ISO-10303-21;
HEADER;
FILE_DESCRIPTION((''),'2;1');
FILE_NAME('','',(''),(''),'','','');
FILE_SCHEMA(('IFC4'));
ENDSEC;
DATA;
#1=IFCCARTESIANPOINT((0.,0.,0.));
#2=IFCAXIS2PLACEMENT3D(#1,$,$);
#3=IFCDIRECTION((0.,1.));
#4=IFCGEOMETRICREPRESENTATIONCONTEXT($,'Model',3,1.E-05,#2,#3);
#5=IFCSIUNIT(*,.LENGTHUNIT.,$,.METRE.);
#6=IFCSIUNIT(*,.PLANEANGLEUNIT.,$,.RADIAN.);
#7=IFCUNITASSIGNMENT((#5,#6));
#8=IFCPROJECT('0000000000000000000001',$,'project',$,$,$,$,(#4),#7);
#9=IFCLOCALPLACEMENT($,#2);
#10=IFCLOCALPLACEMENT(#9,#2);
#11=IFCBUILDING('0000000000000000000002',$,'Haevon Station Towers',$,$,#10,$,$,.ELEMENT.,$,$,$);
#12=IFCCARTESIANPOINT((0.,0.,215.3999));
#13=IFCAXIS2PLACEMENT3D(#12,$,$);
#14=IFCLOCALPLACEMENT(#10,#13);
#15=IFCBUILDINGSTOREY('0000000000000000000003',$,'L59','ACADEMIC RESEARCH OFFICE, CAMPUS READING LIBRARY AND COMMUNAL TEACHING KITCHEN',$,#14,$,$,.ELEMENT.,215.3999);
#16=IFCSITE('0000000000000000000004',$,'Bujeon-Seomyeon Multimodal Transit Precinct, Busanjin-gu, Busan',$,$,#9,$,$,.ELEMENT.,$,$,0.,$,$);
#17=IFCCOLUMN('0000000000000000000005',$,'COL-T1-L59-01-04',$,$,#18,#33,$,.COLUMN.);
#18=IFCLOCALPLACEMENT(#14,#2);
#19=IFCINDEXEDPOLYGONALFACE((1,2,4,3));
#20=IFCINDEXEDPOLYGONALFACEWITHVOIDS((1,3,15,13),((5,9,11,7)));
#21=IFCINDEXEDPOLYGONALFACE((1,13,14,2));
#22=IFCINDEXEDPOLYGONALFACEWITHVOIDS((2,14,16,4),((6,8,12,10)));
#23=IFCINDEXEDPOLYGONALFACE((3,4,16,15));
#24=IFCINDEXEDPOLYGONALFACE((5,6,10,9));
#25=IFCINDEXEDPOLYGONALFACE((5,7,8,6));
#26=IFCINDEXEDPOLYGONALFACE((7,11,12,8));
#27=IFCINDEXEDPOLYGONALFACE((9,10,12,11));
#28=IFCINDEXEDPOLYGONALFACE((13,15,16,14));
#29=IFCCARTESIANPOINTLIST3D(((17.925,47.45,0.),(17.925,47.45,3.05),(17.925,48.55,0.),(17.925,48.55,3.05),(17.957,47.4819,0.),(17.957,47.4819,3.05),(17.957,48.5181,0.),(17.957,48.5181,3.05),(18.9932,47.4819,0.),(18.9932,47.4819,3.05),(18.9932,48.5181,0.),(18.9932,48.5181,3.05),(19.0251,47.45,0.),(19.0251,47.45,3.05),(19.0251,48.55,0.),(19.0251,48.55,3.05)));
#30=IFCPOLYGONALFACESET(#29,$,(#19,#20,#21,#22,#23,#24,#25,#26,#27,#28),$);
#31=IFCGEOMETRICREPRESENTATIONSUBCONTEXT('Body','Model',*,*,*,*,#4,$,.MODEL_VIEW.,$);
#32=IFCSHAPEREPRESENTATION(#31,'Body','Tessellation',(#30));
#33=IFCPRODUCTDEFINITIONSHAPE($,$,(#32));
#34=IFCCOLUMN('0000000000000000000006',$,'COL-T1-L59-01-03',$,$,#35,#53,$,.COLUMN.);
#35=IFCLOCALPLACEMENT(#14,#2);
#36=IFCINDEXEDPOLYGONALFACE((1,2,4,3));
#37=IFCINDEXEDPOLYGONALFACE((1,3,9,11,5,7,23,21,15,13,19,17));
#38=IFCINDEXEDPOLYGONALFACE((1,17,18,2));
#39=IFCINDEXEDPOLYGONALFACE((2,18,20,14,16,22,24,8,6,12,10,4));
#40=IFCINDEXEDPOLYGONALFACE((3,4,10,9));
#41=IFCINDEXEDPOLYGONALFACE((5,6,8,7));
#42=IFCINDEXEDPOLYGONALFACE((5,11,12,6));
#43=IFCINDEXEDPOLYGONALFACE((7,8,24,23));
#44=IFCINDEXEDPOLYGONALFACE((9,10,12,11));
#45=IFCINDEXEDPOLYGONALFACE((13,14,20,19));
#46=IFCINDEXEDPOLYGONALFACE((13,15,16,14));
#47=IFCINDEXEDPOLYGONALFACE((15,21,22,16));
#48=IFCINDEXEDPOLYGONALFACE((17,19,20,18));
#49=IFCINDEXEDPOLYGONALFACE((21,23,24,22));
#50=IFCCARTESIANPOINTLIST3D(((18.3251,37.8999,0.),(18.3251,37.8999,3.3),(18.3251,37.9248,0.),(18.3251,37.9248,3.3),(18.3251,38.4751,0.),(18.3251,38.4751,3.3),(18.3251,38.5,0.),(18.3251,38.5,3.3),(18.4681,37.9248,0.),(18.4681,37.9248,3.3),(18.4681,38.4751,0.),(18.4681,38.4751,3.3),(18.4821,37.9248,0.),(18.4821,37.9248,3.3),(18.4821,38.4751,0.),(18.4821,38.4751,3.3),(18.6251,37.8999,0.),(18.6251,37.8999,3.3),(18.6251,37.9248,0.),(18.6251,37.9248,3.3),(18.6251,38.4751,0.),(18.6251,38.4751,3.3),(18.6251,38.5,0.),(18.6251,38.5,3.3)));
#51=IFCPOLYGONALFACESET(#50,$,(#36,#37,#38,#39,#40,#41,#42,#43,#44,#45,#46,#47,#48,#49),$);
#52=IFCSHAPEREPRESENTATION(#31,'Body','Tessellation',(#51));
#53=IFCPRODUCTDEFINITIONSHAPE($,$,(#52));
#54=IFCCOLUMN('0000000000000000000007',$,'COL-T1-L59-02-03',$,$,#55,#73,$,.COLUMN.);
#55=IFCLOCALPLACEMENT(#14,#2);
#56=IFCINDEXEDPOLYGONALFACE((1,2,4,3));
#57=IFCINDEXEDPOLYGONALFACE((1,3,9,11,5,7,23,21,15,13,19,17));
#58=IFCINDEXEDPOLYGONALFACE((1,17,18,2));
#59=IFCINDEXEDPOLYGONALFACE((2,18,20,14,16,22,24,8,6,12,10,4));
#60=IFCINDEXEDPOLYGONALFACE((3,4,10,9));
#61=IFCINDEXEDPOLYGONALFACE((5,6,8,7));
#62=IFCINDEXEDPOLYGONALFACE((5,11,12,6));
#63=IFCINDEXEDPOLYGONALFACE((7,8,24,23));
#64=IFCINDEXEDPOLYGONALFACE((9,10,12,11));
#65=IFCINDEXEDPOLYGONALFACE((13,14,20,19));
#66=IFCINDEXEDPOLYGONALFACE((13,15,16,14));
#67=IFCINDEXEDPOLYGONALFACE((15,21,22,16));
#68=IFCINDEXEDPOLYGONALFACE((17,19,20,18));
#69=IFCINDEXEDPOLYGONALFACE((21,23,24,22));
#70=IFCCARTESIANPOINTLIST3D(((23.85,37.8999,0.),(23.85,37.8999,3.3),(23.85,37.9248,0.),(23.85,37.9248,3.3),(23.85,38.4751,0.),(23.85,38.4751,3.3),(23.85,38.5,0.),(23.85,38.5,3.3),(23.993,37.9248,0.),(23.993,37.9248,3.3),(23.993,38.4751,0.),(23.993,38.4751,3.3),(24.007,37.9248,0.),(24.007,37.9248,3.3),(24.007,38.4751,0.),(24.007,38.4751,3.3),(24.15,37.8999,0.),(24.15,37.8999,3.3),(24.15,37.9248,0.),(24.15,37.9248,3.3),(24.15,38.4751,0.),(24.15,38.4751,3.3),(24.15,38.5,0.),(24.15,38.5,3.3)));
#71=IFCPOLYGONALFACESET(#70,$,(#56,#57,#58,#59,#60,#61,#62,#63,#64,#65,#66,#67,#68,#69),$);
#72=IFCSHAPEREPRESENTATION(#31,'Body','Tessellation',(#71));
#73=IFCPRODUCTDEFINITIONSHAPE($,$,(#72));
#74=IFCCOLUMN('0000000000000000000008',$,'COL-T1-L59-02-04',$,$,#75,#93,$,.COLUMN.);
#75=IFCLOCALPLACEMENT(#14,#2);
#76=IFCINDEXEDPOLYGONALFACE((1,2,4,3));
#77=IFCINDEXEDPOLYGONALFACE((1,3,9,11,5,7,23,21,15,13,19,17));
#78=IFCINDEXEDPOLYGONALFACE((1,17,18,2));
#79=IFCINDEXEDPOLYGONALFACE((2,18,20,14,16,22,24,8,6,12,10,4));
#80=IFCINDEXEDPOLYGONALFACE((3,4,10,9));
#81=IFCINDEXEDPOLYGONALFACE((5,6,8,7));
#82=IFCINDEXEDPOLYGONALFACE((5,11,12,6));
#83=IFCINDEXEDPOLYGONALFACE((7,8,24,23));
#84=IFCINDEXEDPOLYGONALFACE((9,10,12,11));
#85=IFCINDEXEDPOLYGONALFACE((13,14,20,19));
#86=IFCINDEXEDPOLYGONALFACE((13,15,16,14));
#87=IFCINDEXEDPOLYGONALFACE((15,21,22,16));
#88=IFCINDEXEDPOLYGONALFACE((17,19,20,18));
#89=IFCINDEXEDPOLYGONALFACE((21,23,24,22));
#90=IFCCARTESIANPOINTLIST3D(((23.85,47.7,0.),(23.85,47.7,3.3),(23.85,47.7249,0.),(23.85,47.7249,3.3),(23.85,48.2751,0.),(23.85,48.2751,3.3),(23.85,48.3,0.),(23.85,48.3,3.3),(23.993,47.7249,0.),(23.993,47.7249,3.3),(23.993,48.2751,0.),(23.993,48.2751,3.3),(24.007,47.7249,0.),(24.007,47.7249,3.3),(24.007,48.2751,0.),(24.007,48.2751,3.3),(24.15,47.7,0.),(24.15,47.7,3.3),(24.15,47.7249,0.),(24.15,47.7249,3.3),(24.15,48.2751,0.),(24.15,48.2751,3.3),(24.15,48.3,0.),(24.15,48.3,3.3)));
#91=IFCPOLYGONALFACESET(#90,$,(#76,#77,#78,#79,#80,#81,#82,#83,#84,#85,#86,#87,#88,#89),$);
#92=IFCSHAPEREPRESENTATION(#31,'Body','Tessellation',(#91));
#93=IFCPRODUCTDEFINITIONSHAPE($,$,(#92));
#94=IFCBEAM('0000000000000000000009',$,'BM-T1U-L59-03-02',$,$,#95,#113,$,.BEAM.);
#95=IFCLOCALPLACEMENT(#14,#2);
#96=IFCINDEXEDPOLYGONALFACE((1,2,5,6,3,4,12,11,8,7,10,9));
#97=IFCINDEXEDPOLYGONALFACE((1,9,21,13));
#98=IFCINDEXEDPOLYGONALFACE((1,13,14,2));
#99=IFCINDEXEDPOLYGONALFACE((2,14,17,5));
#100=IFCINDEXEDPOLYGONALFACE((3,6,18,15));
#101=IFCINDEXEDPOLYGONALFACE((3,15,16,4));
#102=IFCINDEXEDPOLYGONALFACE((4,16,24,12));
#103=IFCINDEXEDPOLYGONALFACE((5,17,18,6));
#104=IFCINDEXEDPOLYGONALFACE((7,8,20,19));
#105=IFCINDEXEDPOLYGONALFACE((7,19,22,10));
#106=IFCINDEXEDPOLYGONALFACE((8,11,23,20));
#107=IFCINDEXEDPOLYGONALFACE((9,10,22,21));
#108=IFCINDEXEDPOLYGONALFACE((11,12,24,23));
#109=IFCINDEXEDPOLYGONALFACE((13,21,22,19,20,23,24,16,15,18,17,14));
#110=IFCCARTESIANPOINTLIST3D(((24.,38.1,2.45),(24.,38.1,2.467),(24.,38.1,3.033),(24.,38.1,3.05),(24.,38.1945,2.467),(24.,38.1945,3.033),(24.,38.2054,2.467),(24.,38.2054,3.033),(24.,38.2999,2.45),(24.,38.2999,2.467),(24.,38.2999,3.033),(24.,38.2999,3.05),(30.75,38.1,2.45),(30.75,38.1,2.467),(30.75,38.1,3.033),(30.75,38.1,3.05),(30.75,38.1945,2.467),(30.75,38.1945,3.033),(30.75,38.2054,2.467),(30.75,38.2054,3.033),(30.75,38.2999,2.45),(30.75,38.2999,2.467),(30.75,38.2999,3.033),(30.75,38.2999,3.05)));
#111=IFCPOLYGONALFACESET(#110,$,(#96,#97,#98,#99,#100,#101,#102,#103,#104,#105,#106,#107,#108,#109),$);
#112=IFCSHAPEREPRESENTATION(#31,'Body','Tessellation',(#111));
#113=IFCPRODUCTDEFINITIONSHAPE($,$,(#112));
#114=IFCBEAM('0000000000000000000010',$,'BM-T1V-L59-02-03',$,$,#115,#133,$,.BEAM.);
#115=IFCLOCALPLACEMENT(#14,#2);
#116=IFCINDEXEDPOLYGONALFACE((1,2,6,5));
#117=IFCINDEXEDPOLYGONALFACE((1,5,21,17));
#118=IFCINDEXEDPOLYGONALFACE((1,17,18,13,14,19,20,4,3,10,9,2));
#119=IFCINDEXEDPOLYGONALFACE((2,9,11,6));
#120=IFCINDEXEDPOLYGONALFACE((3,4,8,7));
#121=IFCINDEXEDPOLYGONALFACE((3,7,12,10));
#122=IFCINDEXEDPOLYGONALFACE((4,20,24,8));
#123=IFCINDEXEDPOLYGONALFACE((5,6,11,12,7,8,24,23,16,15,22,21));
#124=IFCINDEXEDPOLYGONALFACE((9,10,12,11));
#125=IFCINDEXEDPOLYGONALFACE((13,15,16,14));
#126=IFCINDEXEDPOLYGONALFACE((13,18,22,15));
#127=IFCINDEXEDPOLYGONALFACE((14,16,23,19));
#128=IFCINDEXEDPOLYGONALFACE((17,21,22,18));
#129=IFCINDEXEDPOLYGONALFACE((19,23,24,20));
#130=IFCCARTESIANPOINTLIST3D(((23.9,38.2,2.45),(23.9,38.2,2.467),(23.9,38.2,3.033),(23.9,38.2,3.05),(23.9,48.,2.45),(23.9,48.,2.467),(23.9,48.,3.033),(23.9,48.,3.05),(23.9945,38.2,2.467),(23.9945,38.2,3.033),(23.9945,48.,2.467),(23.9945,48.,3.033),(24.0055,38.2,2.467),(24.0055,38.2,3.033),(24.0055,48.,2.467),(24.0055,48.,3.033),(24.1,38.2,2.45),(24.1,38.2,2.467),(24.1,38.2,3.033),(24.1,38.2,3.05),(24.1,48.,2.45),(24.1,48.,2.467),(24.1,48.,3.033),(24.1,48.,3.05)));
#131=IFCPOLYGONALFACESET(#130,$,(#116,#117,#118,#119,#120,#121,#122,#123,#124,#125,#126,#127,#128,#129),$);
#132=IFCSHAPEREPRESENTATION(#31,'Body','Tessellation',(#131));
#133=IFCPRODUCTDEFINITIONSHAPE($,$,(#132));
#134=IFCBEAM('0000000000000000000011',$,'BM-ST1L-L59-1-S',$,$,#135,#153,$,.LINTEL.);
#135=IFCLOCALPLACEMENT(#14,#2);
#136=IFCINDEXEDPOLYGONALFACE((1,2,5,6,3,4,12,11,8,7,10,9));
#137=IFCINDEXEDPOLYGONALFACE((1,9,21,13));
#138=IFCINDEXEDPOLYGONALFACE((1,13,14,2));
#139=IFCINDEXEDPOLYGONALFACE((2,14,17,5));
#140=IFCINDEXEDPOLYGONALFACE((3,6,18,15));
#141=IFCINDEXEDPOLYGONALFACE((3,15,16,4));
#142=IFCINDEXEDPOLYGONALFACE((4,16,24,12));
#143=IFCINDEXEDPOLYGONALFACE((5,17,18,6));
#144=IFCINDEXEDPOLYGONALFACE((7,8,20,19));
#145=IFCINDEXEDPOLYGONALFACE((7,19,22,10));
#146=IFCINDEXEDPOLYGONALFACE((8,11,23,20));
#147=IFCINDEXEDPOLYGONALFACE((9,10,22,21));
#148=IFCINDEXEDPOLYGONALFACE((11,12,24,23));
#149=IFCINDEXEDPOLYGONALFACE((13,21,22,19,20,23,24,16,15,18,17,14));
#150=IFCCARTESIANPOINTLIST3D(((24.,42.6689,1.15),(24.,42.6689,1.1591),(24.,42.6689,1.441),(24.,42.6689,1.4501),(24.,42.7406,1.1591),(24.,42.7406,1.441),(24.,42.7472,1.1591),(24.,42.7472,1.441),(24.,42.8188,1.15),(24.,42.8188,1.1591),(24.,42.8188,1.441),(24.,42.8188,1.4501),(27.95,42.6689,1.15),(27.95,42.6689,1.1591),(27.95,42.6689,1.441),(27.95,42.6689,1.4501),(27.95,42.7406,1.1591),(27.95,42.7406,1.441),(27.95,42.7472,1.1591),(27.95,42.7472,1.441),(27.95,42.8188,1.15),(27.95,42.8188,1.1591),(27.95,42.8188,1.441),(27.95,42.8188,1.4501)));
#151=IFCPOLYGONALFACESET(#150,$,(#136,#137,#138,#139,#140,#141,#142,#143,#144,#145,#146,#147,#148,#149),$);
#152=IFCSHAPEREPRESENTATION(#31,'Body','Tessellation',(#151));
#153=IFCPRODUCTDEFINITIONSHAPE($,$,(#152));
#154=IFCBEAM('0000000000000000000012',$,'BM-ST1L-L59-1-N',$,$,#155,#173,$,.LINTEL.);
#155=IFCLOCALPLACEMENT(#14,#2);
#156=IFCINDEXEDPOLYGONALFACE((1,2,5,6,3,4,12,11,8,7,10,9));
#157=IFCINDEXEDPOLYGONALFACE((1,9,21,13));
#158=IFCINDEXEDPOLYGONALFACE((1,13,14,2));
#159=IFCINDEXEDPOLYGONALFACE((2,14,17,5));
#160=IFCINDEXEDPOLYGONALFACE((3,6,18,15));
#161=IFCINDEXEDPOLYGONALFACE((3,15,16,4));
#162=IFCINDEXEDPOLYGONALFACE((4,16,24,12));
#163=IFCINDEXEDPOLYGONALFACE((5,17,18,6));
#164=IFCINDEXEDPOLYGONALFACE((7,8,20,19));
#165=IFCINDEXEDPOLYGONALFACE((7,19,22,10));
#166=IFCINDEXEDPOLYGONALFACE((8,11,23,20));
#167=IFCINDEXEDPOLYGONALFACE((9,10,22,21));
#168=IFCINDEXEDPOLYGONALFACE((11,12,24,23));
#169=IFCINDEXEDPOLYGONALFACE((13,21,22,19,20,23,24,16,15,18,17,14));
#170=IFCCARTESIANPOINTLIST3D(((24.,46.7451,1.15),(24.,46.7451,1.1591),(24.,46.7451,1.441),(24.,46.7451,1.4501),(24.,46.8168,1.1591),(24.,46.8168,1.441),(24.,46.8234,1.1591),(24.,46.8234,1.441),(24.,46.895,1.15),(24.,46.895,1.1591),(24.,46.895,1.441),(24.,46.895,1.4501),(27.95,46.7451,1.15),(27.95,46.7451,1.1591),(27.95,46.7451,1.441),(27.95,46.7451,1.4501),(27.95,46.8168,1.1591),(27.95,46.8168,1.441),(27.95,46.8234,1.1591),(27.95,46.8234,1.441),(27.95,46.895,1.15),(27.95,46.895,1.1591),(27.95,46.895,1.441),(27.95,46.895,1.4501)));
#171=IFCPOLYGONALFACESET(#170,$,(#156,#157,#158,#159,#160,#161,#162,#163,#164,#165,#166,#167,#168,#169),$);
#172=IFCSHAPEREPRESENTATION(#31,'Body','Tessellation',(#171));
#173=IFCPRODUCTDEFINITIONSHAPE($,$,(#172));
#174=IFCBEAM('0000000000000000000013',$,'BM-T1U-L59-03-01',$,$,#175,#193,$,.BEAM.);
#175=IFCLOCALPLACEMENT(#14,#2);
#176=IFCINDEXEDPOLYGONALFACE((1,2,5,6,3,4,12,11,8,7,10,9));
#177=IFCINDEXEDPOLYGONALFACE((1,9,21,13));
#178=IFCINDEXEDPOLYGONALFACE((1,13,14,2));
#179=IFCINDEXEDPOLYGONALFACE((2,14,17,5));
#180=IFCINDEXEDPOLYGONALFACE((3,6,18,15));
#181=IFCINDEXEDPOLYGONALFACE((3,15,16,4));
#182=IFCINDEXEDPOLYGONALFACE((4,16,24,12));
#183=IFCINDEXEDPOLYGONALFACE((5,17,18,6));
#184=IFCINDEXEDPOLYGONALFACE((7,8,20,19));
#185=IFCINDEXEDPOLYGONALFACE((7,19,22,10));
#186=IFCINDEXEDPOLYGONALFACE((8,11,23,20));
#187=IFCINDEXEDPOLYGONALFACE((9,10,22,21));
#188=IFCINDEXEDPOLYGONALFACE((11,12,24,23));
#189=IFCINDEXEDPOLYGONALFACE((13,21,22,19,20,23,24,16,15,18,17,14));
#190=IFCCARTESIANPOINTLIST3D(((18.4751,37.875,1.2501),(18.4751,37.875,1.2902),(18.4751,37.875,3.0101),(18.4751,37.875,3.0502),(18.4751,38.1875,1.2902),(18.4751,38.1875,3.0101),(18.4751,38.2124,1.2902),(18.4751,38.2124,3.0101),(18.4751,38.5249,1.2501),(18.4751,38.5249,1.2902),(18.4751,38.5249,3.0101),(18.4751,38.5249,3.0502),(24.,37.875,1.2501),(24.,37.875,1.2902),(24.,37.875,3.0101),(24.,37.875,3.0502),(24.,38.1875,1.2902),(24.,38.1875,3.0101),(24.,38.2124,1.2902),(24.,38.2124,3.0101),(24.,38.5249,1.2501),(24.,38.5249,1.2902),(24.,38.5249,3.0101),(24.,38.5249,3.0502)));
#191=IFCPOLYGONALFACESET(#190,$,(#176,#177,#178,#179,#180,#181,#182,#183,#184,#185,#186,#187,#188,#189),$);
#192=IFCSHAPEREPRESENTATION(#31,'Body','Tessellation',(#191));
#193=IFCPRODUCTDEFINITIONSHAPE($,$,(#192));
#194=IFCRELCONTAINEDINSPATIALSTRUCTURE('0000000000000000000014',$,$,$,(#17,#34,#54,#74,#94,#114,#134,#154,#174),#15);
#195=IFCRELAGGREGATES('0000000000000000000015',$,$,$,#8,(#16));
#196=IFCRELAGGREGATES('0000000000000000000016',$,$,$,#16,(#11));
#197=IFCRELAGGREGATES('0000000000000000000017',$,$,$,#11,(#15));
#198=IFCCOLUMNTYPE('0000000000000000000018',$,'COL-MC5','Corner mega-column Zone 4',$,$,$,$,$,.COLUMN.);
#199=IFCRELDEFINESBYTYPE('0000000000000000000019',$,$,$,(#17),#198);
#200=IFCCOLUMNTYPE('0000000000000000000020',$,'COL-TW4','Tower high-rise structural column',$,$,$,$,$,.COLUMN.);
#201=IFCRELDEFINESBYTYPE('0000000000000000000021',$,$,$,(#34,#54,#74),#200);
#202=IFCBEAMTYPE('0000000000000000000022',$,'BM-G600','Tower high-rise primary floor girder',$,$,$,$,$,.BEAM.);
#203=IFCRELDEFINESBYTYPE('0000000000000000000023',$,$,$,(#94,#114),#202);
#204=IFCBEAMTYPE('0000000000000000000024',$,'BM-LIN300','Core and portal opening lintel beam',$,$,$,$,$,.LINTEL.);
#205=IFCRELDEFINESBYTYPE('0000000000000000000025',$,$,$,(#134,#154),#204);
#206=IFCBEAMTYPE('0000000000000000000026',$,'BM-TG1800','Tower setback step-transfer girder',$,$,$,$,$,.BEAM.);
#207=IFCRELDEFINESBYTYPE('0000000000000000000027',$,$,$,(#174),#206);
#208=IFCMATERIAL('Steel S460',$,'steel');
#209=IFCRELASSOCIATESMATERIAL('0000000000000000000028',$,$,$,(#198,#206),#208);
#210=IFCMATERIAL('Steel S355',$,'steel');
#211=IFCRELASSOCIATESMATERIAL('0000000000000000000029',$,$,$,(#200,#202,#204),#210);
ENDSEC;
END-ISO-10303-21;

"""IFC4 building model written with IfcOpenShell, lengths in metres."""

from ifc_helpers import new_model, si_unit, direction, frame, origin, origin_2d, place, context, subcontext, project, spatial, hollow_rectangle, i_section, extrude, material, material_profile, profile_set, type_object, element, save


model = new_model("IFC4")

# Units and contexts
model_context = context("Model", 3, precision=1e-05, world=origin(), true_north=direction((0.0, 1.0)))
body_context = subcontext(model_context, "Body", "Model", "MODEL_VIEW")
ifc_project = project(units=[si_unit("LENGTHUNIT", "METRE"), si_unit("PLANEANGLEUNIT", "RADIAN")], contexts=[model_context])

# Site, building, storey
site_placement = place(None, origin())
site = spatial("IfcSite", under=ifc_project, at=site_placement, Name="Bujeon-Seomyeon Multimodal Transit Precinct, Busanjin-gu, Busan", CompositionType="ELEMENT", RefElevation=0.0)
building_placement = place(site_placement, origin())
building = spatial("IfcBuilding", under=site, at=building_placement, Name="Haevon Station Towers", CompositionType="ELEMENT")
storey_placement = place(building_placement, frame((0.0, 0.0, 215.3999)))
storey = spatial("IfcBuildingStorey", under=building, at=storey_placement, Name="L59", Description="ACADEMIC RESEARCH OFFICE, CAMPUS READING LIBRARY AND COMMUNAL TEACHING KITCHEN", CompositionType="ELEMENT", Elevation=215.3999)

# Columns
ifc_material_1 = material(Name="Steel S460", Category="steel")
ifc_material_profile_1 = material_profile(ifc_material_1, hollow_rectangle(XDim=1.1001, YDim=1.1001, WallThickness=0.032, at=origin_2d()), Name="BOX-1100x1100x32")
ifc_profile_set_1 = profile_set([ifc_material_profile_1], Name="Steel S460")
column_type_1 = type_object("IfcColumnType", Name="COL-MC5", Description="Corner mega-column Zone 4", PredefinedType="COLUMN", material=ifc_profile_set_1)
column_placement = place(storey_placement, frame((18.4751, 48.0, 0.0), z_axis=(0.0, 0.0, 1.0), x_axis=(1.0, 0.0, 0.0)))
element("IfcColumn", 1, at=column_placement, inside=storey, type_object=column_type_1, Name="COL-T1-L59-01-04", PredefinedType="COLUMN", context=body_context, shape_type="SweptSolid", body=[
    extrude(hollow_rectangle(XDim=1.1001, YDim=1.1001, WallThickness=0.032, at=origin_2d()), origin(), (0.0, 0.0, 1.0), 3.05),
])
ifc_material_2 = material(Name="Steel S355", Category="steel")
ifc_material_profile_2 = material_profile(ifc_material_2, i_section(OverallWidth=0.3, OverallDepth=0.6001, WebThickness=0.0139, FlangeThickness=0.0249, at=origin_2d()), Name="H-600x300x14x25")
ifc_profile_set_2 = profile_set([ifc_material_profile_2], Name="Steel S355")
column_type_2 = type_object("IfcColumnType", Name="COL-TW4", Description="Tower high-rise structural column", PredefinedType="COLUMN", material=ifc_profile_set_2)
for number, where, z_axis, x_axis, name in (
    (2, (18.4751, 38.2, 0.0), (0.0, 0.0, 1.0), (1.0, 0.0, 0.0), "COL-T1-L59-01-03"),
    (3, (24.0, 38.2, 0.0), (0.0, 0.0, 1.0), (1.0, 0.0, 0.0), "COL-T1-L59-02-03"),
    (4, (24.0, 48.0, 0.0), (0.0, 0.0, 1.0), (1.0, 0.0, 0.0), "COL-T1-L59-02-04"),
):
    element("IfcColumn", number, at=place(storey_placement, frame(where, z_axis=z_axis, x_axis=x_axis)), inside=storey, type_object=column_type_2, Name=name, PredefinedType="COLUMN", context=body_context, shape_type="SweptSolid", body=[
        extrude(i_section(OverallWidth=0.3, OverallDepth=0.6001, WebThickness=0.0139, FlangeThickness=0.0249, at=origin_2d()), origin(), (0.0, 0.0, 1.0), 3.3),
    ])

# Beams
ifc_material_profile_3 = material_profile(ifc_material_2, i_section(OverallWidth=0.2, OverallDepth=0.6001, WebThickness=0.011, FlangeThickness=0.0171, at=origin_2d()), Name="H-600x200x11x17")
ifc_profile_set_3 = profile_set([ifc_material_profile_3], Name="Steel S355")
beam_type_1 = type_object("IfcBeamType", Name="BM-G600", Description="Tower high-rise primary floor girder", PredefinedType="BEAM", material=ifc_profile_set_3)
beam_1_placement = place(storey_placement, frame((24.0, 38.2, 2.75), z_axis=(1.0, 0.0, 0.0), x_axis=(0.0, 1.0, 0.0)))
element("IfcBeam", 5, at=beam_1_placement, inside=storey, type_object=beam_type_1, Name="BM-T1U-L59-03-02", PredefinedType="BEAM", context=body_context, shape_type="SweptSolid", body=[
    extrude(i_section(OverallWidth=0.2, OverallDepth=0.6001, WebThickness=0.011, FlangeThickness=0.0171, at=origin_2d()), origin(), (0.0, 0.0, 1.0), 6.75),
])
beam_2_placement = place(storey_placement, frame((24.0, 38.2, 2.75), z_axis=(0.0, 1.0, 0.0), x_axis=(-1.0, 0.0, 0.0)))
element("IfcBeam", 6, at=beam_2_placement, inside=storey, type_object=beam_type_1, Name="BM-T1V-L59-02-03", PredefinedType="BEAM", context=body_context, shape_type="SweptSolid", body=[
    extrude(i_section(OverallWidth=0.2, OverallDepth=0.6001, WebThickness=0.011, FlangeThickness=0.0171, at=origin_2d()), origin(), (0.0, 0.0, 1.0), 9.8),
])
ifc_material_profile_4 = material_profile(ifc_material_2, i_section(OverallWidth=0.1499, OverallDepth=0.3, WebThickness=0.0066, FlangeThickness=0.009, at=origin_2d()), Name="H-300x150x6.5x9")
ifc_profile_set_4 = profile_set([ifc_material_profile_4], Name="Steel S355")
beam_type_2 = type_object("IfcBeamType", Name="BM-LIN300", Description="Core and portal opening lintel beam", PredefinedType="LINTEL", material=ifc_profile_set_4)
for number, where, z_axis, x_axis, name in (
    (7, (24.0, 42.7439, 1.3), (1.0, 0.0, 0.0), (0.0, 1.0, 0.0), "BM-ST1L-L59-1-S"),
    (8, (24.0, 46.8201, 1.3), (1.0, 0.0, 0.0), (0.0, 1.0, 0.0), "BM-ST1L-L59-1-N"),
):
    element("IfcBeam", number, at=place(storey_placement, frame(where, z_axis=z_axis, x_axis=x_axis)), inside=storey, type_object=beam_type_2, Name=name, PredefinedType="LINTEL", context=body_context, shape_type="SweptSolid", body=[
        extrude(i_section(OverallWidth=0.1499, OverallDepth=0.3, WebThickness=0.0066, FlangeThickness=0.009, at=origin_2d()), origin(), (0.0, 0.0, 1.0), 3.95),
    ])
ifc_material_profile_5 = material_profile(ifc_material_1, i_section(OverallWidth=0.6499, OverallDepth=1.8, WebThickness=0.0249, FlangeThickness=0.04, at=origin_2d()), Name="H-1800x650x25x40")
ifc_profile_set_5 = profile_set([ifc_material_profile_5], Name="Steel S460")
beam_type_3 = type_object("IfcBeamType", Name="BM-TG1800", Description="Tower setback step-transfer girder", PredefinedType="BEAM", material=ifc_profile_set_5)
for number, where, z_axis, x_axis, name in (
    (9, (18.4751, 38.2, 2.1501), (1.0, 0.0, 0.0), (0.0, 1.0, 0.0), "BM-T1U-L59-03-01"),
):
    element("IfcBeam", number, at=place(storey_placement, frame(where, z_axis=z_axis, x_axis=x_axis)), inside=storey, type_object=beam_type_3, Name=name, PredefinedType="BEAM", context=body_context, shape_type="SweptSolid", body=[
        extrude(i_section(OverallWidth=0.6499, OverallDepth=1.8, WebThickness=0.0249, FlangeThickness=0.04, at=origin_2d()), origin(), (0.0, 0.0, 1.0), 5.5249),
    ])

save(model, "model.ifc")
